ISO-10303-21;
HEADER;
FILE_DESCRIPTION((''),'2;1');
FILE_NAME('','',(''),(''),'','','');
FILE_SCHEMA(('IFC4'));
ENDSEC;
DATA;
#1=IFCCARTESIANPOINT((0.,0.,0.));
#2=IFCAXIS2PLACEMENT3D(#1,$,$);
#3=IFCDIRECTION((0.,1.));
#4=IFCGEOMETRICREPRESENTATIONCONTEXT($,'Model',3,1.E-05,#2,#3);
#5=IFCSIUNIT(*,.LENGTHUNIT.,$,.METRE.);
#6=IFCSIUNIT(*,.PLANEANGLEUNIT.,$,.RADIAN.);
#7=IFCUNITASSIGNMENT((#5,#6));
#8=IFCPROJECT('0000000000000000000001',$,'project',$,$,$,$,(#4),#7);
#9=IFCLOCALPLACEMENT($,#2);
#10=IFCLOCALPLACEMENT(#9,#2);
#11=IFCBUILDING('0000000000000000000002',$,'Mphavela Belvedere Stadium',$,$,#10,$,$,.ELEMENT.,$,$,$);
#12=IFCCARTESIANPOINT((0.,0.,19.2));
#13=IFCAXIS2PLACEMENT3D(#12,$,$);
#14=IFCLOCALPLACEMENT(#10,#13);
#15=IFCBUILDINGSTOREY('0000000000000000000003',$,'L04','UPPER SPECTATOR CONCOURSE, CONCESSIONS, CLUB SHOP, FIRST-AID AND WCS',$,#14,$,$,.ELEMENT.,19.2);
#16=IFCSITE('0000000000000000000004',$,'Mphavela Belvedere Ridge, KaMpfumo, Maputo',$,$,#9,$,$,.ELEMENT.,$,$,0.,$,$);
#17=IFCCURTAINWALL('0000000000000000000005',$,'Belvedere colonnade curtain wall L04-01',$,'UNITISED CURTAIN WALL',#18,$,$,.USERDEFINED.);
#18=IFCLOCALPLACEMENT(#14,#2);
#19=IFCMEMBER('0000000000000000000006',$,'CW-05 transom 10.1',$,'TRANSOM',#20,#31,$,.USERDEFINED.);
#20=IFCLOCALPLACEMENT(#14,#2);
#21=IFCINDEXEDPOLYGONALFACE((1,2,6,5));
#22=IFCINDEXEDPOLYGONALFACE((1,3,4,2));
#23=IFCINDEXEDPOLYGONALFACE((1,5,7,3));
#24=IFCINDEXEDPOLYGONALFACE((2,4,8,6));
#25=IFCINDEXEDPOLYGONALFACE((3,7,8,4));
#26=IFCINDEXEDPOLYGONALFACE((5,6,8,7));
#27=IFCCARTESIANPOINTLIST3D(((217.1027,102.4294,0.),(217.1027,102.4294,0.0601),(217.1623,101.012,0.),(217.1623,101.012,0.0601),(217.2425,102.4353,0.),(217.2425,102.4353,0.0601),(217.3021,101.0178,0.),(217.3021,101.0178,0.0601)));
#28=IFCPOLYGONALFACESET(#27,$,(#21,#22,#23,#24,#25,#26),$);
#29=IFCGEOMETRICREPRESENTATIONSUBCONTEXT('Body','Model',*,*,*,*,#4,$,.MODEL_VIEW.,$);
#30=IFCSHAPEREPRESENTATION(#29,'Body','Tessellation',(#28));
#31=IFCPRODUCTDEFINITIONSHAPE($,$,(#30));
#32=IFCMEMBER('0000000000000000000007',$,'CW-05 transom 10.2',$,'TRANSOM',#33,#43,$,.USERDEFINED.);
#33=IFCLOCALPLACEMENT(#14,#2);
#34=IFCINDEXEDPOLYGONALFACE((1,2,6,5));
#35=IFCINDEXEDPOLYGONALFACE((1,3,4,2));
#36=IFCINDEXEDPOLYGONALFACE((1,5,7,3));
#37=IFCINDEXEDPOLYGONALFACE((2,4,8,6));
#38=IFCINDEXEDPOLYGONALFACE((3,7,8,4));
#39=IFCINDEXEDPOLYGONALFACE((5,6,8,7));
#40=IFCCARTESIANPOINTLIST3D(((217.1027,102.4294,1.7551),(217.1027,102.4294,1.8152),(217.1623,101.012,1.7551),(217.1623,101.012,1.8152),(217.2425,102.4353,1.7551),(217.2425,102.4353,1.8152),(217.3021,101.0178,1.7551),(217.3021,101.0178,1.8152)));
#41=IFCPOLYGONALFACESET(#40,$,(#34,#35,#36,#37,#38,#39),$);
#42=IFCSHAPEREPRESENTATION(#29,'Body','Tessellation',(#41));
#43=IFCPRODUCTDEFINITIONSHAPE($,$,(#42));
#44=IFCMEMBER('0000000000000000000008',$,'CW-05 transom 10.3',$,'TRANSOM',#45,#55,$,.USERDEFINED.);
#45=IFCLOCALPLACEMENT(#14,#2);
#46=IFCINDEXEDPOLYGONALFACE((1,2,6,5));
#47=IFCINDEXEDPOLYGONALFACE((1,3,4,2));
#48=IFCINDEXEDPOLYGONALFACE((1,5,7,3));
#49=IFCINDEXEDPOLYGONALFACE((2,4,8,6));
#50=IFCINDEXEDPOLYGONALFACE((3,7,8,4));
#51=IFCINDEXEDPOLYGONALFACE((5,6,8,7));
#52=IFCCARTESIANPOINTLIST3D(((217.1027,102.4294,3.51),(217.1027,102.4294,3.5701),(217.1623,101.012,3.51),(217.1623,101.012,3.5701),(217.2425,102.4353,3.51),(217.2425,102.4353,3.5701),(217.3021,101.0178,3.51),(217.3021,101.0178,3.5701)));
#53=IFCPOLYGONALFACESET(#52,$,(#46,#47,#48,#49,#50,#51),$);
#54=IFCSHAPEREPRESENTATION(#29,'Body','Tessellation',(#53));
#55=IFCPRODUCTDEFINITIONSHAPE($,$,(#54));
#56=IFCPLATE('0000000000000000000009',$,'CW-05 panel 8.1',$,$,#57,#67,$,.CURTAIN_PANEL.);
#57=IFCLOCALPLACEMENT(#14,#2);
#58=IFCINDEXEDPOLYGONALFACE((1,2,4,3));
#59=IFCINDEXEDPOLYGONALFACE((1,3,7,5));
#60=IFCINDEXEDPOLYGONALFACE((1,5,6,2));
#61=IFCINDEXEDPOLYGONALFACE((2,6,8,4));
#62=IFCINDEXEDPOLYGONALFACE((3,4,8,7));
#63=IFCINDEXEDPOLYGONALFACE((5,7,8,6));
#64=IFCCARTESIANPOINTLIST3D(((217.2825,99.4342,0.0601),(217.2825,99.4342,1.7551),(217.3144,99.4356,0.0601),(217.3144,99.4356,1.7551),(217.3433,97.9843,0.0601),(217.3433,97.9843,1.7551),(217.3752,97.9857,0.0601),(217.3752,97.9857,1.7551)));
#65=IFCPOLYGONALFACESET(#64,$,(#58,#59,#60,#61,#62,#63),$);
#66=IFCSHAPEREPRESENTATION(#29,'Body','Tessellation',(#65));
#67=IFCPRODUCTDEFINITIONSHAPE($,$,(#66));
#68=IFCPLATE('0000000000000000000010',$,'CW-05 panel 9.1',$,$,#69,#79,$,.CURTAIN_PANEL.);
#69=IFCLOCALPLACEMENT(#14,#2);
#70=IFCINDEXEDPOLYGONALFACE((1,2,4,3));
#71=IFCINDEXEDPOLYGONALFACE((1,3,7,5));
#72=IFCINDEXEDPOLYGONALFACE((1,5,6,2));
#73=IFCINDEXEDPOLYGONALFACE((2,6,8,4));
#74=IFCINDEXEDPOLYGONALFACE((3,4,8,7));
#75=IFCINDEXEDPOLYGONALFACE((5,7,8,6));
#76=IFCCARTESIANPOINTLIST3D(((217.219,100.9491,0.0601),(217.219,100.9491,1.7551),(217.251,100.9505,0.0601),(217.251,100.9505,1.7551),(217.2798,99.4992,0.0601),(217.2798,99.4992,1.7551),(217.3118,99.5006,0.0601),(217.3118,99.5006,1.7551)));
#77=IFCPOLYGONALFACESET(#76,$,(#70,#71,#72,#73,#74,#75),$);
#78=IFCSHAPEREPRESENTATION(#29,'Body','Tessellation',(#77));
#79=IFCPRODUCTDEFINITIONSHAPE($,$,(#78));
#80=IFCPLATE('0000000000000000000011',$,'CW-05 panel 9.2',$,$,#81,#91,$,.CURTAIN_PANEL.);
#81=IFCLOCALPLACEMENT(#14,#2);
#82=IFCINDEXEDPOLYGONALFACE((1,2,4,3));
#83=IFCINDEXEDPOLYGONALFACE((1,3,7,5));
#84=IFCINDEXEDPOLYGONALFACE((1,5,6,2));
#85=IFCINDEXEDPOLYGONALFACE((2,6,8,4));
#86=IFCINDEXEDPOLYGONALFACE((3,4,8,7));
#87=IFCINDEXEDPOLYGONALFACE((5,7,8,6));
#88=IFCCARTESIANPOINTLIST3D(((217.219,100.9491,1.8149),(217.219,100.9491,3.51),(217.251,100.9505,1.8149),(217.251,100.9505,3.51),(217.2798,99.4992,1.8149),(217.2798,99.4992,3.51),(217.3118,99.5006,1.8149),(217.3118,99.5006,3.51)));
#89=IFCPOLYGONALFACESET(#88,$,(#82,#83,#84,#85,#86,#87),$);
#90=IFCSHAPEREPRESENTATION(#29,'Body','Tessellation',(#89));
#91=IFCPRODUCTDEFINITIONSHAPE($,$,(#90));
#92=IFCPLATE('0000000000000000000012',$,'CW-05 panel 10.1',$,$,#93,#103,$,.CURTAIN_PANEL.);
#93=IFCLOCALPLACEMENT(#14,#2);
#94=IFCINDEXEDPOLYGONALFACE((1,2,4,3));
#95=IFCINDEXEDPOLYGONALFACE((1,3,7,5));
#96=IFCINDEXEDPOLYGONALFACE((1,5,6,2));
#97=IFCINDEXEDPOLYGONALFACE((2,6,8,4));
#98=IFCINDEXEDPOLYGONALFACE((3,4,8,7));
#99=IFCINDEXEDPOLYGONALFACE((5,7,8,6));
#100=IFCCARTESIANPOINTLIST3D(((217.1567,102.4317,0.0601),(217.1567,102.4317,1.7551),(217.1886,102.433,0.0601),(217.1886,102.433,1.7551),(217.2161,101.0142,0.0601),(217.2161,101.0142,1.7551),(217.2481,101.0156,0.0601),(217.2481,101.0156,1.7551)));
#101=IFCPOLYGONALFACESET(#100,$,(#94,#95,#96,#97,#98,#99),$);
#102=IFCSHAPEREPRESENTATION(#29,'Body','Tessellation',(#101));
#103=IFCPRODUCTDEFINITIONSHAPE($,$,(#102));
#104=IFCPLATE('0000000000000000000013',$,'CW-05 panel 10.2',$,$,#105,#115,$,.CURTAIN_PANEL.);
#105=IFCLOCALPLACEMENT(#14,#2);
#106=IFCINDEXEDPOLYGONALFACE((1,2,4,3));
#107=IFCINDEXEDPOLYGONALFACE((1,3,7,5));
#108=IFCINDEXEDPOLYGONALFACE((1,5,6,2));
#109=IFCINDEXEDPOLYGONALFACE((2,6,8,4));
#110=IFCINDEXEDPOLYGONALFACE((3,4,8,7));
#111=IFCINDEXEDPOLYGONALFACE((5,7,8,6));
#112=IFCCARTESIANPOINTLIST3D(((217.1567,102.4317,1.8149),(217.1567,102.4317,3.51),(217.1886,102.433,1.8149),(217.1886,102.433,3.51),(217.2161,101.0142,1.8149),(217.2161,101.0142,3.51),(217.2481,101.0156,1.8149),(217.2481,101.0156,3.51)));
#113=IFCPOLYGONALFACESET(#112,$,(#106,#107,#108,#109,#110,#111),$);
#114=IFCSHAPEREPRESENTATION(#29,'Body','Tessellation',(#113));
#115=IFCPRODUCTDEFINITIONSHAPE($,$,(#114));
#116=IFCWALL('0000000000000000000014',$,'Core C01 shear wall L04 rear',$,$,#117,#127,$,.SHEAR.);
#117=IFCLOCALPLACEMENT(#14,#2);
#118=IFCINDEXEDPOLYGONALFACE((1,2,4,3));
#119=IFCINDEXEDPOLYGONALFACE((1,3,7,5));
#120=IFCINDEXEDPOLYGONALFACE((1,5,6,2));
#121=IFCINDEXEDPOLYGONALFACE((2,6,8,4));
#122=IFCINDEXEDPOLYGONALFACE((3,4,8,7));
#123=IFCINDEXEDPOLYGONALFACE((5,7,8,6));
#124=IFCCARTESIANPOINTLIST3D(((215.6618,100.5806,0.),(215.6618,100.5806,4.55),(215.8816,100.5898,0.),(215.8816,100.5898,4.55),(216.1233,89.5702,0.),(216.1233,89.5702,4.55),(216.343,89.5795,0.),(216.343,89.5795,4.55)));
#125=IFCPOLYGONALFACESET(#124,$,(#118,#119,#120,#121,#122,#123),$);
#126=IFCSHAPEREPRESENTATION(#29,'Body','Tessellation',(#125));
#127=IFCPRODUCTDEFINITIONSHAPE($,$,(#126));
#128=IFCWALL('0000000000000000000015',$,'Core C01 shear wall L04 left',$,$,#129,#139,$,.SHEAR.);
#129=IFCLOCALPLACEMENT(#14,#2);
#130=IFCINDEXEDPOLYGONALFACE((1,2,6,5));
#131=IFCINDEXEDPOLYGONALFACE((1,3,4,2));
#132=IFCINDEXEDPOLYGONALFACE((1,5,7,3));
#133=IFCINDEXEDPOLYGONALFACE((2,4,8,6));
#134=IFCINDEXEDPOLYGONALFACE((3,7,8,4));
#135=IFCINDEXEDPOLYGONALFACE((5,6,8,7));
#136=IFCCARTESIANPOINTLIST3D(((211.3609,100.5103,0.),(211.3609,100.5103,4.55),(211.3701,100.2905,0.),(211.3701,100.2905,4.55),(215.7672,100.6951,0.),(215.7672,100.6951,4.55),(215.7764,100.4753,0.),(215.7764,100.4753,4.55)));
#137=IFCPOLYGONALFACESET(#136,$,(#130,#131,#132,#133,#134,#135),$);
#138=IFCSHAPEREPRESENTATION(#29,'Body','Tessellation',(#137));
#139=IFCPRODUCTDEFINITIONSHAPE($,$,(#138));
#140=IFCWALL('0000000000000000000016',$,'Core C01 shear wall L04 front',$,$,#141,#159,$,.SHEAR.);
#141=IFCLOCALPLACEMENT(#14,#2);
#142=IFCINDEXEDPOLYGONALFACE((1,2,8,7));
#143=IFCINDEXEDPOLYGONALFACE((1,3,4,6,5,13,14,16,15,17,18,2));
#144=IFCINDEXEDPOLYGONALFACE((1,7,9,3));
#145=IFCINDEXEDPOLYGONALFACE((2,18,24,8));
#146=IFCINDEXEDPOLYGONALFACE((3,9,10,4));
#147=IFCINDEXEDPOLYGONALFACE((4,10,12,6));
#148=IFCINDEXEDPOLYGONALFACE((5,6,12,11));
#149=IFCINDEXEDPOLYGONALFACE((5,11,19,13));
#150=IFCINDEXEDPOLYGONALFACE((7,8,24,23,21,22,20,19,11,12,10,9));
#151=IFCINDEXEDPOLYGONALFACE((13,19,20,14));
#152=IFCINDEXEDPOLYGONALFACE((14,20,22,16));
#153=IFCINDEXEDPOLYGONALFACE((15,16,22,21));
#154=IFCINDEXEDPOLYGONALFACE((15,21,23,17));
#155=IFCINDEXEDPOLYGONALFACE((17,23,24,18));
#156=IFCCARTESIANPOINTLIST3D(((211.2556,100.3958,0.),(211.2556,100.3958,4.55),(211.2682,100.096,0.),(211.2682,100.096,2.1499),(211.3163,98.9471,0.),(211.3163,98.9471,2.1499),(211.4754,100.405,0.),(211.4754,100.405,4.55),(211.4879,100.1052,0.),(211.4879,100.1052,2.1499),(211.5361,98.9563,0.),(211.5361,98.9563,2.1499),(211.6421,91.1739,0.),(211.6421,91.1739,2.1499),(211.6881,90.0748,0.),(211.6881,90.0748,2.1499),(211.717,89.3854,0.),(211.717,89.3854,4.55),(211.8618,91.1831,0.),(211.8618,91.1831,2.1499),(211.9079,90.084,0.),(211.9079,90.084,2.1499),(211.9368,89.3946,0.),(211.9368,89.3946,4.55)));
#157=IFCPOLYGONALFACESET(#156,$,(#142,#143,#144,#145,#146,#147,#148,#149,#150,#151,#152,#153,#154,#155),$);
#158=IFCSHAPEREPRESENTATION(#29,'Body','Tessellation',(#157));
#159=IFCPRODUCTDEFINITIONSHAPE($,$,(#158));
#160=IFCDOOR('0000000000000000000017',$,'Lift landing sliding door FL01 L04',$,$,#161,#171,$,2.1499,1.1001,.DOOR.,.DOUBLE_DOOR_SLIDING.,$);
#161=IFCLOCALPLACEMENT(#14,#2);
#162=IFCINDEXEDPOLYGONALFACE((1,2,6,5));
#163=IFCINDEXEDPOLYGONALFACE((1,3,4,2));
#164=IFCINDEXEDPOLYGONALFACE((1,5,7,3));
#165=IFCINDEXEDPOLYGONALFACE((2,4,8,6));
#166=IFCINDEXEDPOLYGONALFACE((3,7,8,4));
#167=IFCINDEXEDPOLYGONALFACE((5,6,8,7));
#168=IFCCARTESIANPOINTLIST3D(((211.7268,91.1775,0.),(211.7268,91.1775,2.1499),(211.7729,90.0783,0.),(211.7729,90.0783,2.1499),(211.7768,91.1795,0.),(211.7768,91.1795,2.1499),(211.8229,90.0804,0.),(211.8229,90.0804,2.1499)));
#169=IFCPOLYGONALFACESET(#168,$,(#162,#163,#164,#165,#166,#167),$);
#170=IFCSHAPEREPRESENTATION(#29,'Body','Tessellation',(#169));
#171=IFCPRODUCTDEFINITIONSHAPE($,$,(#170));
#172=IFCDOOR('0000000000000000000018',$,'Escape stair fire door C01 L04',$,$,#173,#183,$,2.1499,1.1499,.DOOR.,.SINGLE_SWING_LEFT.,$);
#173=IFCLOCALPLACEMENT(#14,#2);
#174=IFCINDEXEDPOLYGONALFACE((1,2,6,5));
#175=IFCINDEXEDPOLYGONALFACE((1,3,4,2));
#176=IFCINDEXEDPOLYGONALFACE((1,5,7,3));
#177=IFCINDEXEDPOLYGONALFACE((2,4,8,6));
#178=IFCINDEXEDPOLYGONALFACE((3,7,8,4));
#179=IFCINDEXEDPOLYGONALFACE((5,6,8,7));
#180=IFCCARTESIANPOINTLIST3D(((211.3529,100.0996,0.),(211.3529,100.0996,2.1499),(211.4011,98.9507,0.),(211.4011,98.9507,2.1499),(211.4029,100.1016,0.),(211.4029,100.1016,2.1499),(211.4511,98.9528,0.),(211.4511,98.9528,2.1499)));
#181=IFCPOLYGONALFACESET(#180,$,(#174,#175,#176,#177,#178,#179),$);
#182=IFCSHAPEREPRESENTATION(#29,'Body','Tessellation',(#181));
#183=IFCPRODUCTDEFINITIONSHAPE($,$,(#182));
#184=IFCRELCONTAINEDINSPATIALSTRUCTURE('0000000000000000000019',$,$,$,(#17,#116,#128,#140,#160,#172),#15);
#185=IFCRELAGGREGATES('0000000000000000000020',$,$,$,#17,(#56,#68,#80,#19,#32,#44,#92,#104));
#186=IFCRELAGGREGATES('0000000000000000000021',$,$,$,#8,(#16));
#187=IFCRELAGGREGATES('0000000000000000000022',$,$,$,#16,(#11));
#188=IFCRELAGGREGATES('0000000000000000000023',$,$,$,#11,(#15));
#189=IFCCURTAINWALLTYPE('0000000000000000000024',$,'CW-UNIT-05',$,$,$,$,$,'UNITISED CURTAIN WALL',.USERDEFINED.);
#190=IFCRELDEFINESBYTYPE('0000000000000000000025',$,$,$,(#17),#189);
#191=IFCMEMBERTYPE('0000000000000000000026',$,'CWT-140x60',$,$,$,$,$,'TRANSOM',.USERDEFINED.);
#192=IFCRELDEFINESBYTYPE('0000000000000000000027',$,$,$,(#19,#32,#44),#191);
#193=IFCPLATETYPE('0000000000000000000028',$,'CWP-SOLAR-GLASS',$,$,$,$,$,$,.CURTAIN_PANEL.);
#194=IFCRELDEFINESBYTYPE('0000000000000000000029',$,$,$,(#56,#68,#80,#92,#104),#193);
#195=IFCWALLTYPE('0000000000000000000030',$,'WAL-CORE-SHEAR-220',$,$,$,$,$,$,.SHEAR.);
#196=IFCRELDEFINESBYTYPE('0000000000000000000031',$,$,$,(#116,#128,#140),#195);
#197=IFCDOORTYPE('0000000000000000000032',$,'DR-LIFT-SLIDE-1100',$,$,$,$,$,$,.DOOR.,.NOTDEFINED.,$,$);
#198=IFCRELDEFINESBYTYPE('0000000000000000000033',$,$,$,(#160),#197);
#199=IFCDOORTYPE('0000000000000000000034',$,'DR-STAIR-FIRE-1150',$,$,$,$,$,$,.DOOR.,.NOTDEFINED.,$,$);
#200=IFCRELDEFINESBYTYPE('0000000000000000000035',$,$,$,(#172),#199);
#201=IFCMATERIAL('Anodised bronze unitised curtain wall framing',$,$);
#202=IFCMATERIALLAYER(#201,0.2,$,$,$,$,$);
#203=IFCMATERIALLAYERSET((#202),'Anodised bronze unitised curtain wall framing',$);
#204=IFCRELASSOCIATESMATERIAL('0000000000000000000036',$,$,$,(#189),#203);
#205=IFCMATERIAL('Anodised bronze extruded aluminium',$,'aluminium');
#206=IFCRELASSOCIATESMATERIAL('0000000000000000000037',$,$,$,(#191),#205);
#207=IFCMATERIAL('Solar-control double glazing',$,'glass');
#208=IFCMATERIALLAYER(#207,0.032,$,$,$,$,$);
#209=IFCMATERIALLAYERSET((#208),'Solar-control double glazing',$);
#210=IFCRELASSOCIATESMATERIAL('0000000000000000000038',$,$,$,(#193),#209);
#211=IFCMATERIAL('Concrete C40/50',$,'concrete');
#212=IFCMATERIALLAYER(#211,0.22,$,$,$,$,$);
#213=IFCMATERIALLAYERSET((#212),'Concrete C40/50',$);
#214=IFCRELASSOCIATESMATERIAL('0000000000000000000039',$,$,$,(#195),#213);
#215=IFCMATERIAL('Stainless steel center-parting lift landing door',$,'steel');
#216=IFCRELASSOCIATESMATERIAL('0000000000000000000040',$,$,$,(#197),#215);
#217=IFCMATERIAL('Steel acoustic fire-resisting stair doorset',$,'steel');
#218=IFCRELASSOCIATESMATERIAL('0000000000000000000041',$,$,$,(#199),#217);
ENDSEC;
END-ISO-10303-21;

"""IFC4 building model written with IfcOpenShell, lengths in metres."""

from ifc_helpers import new_model, si_unit, direction, frame, frame_2d, origin, origin_2d, place, context, subcontext, project, spatial, rectangle, extrude, material, layer, layer_set, material_profile, profile_set, type_object, element, fill, aggregate, save


model = new_model("IFC4")

# Units and contexts
model_context = context("Model", 3, precision=1e-05, world=origin(), true_north=direction((0.0, 1.0)))
body_context = subcontext(model_context, "Body", "Model", "MODEL_VIEW")
ifc_project = project(units=[si_unit("LENGTHUNIT", "METRE"), si_unit("PLANEANGLEUNIT", "RADIAN")], contexts=[model_context])

# Site, building, storey
site_placement = place(None, origin())
site = spatial("IfcSite", under=ifc_project, at=site_placement, Name="Mphavela Belvedere Ridge, KaMpfumo, Maputo", CompositionType="ELEMENT", RefElevation=0.0)
building_placement = place(site_placement, origin())
building = spatial("IfcBuilding", under=site, at=building_placement, Name="Mphavela Belvedere Stadium", CompositionType="ELEMENT")
storey_placement = place(building_placement, frame((0.0, 0.0, 19.2)))
storey = spatial("IfcBuildingStorey", under=building, at=storey_placement, Name="L04", Description="UPPER SPECTATOR CONCOURSE, CONCESSIONS, CLUB SHOP, FIRST-AID AND WCS", CompositionType="ELEMENT", Elevation=19.2)

# Curtain wall, members, plates
ifc_material_1 = material(Name="Anodised bronze unitised curtain wall framing")
ifc_layer_1 = layer(ifc_material_1, 0.2)
ifc_layer_set_1 = layer_set([ifc_layer_1], Name="Anodised bronze unitised curtain wall framing")
curtain_wall_type = type_object("IfcCurtainWallType", Name="CW-UNIT-05", ElementType="UNITISED CURTAIN WALL", PredefinedType="USERDEFINED", material=ifc_layer_set_1)
curtain_wall_placement = place(storey_placement, origin())
curtain_wall = element("IfcCurtainWall", 1, at=curtain_wall_placement, inside=storey, type_object=curtain_wall_type, Name="Belvedere colonnade curtain wall L04-01", ObjectType="UNITISED CURTAIN WALL", PredefinedType="USERDEFINED")
ifc_material_2 = material(Name="Anodised bronze extruded aluminium", Category="aluminium")
ifc_material_profile_1 = material_profile(ifc_material_2, rectangle(XDim=0.1399, YDim=0.0601, at=origin_2d()), Name="CW-TRN 140x60")
ifc_profile_set_1 = profile_set([ifc_material_profile_1], Name="Anodised bronze extruded aluminium")
member_type_1 = type_object("IfcMemberType", Name="CWT-140x60", ElementType="TRANSOM", PredefinedType="USERDEFINED", material=ifc_profile_set_1)
member_1_placement = place(storey_placement, frame((217.2322, 101.0149, 0.03), z_axis=(-0.041988, 0.999118, 0.0), x_axis=(-0.999118, -0.041988, 0.0)))
member_1 = element("IfcMember", 2, at=member_1_placement, type_object=member_type_1, Name="CW-05 transom 10.1", ObjectType="TRANSOM", PredefinedType="USERDEFINED", context=body_context, shape_type="SweptSolid", body=[
    extrude(rectangle(XDim=0.1399, YDim=0.0601, at=origin_2d()), origin(), (0.0, 0.0, 1.0), 1.4187),
])
member_2_placement = place(storey_placement, frame((217.2322, 101.0149, 1.7852), z_axis=(-0.041988, 0.999118, 0.0), x_axis=(-0.999118, -0.041988, 0.0)))
member_2 = element("IfcMember", 3, at=member_2_placement, type_object=member_type_1, Name="CW-05 transom 10.2", ObjectType="TRANSOM", PredefinedType="USERDEFINED", context=body_context, shape_type="SweptSolid", body=[
    extrude(rectangle(XDim=0.1399, YDim=0.0601, at=origin_2d()), origin(), (0.0, 0.0, 1.0), 1.4187),
])
member_3_placement = place(storey_placement, frame((217.2322, 101.0149, 3.54), z_axis=(-0.041988, 0.999118, 0.0), x_axis=(-0.999118, -0.041988, 0.0)))
member_3 = element("IfcMember", 4, at=member_3_placement, type_object=member_type_1, Name="CW-05 transom 10.3", ObjectType="TRANSOM", PredefinedType="USERDEFINED", context=body_context, shape_type="SweptSolid", body=[
    extrude(rectangle(XDim=0.1399, YDim=0.0601, at=origin_2d()), origin(), (0.0, 0.0, 1.0), 1.4187),
])
ifc_material_3 = material(Name="Solar-control double glazing", Category="glass")
ifc_layer_2 = layer(ifc_material_3, 0.032)
ifc_layer_set_2 = layer_set([ifc_layer_2], Name="Solar-control double glazing")
plate_type = type_object("IfcPlateType", Name="CWP-SOLAR-GLASS", PredefinedType="CURTAIN_PANEL", material=ifc_layer_set_2)
plate_1_placement = place(storey_placement, frame((217.3289, 98.71, 0.0601), z_axis=(0.0, 0.0, 1.0), x_axis=(-0.041905, 0.999122, 0.0)))
plate_1 = element("IfcPlate", 5, at=plate_1_placement, type_object=plate_type, Name="CW-05 panel 8.1", PredefinedType="CURTAIN_PANEL", context=body_context, shape_type="SweptSolid", body=[
    extrude(rectangle(XDim=1.4512, YDim=0.032, at=origin_2d()), origin(), (0.0, 0.0, 1.0), 1.6951),
])
plate_2_placement = place(storey_placement, frame((217.2654, 100.2249, 0.0601), z_axis=(0.0, 0.0, 1.0), x_axis=(-0.041905, 0.999122, 0.0)))
plate_2 = element("IfcPlate", 6, at=plate_2_placement, type_object=plate_type, Name="CW-05 panel 9.1", PredefinedType="CURTAIN_PANEL", context=body_context, shape_type="SweptSolid", body=[
    extrude(rectangle(XDim=1.4512, YDim=0.032, at=origin_2d()), origin(), (0.0, 0.0, 1.0), 1.6951),
])
plate_3_placement = place(storey_placement, frame((217.2654, 100.2249, 1.8149), z_axis=(0.0, 0.0, 1.0), x_axis=(-0.041905, 0.999122, 0.0)))
plate_3 = element("IfcPlate", 7, at=plate_3_placement, type_object=plate_type, Name="CW-05 panel 9.2", PredefinedType="CURTAIN_PANEL", context=body_context, shape_type="SweptSolid", body=[
    extrude(rectangle(XDim=1.4512, YDim=0.032, at=origin_2d()), origin(), (0.0, 0.0, 1.0), 1.6951),
])
plate_4_placement = place(storey_placement, frame((217.2024, 101.7236, 0.0601), z_axis=(0.0, 0.0, 1.0), x_axis=(-0.041905, 0.999122, 0.0)))
plate_4 = element("IfcPlate", 8, at=plate_4_placement, type_object=plate_type, Name="CW-05 panel 10.1", PredefinedType="CURTAIN_PANEL", context=body_context, shape_type="SweptSolid", body=[
    extrude(rectangle(XDim=1.4187, YDim=0.032, at=origin_2d()), origin(), (0.0, 0.0, 1.0), 1.6951),
])
plate_5_placement = place(storey_placement, frame((217.2024, 101.7236, 1.8149), z_axis=(0.0, 0.0, 1.0), x_axis=(-0.041905, 0.999122, 0.0)))
plate_5 = element("IfcPlate", 9, at=plate_5_placement, type_object=plate_type, Name="CW-05 panel 10.2", PredefinedType="CURTAIN_PANEL", context=body_context, shape_type="SweptSolid", body=[
    extrude(rectangle(XDim=1.4187, YDim=0.032, at=origin_2d()), origin(), (0.0, 0.0, 1.0), 1.6951),
])
aggregate(curtain_wall, [plate_1, plate_2, plate_3, member_1, member_2, member_3, plate_4, plate_5])

# Walls
ifc_material_4 = material(Name="Concrete C40/50", Category="concrete")
ifc_layer_3 = layer(ifc_material_4, 0.22)
ifc_layer_set_3 = layer_set([ifc_layer_3], Name="Concrete C40/50")
wall_type_1 = type_object("IfcWallType", Name="WAL-CORE-SHEAR-220", PredefinedType="SHEAR", material=ifc_layer_set_3)
wall_1_placement = place(storey_placement, frame((215.7717, 100.5852, 0.0), z_axis=(0.0, 0.0, 1.0), x_axis=(0.041872, -0.999123, 0.0)))
element("IfcWall", 10, at=wall_1_placement, inside=storey, type_object=wall_type_1, Name="Core C01 shear wall L04 rear", PredefinedType="SHEAR", context=body_context, shape_type="SweptSolid", body=[
    extrude(rectangle(XDim=11.02, YDim=0.22, at=frame_2d((5.51, 0.0))), origin(), (0.0, 0.0, 1.0), 4.55),
])
wall_2_placement = place(storey_placement, frame((211.3655, 100.4004, 0.0), z_axis=(0.0, 0.0, 1.0), x_axis=(0.999122, 0.041907, 0.0)))
element("IfcWall", 11, at=wall_2_placement, inside=storey, type_object=wall_type_1, Name="Core C01 shear wall L04 left", PredefinedType="SHEAR", context=body_context, shape_type="SweptSolid", body=[
    extrude(rectangle(XDim=4.4102, YDim=0.22, at=frame_2d((2.2051, 0.0))), origin(), (0.0, 0.0, 1.0), 4.55),
])

# Wall, openings, doors
wall_3_placement = place(storey_placement, frame((211.3655, 100.4004, 0.0), z_axis=(0.0, 0.0, 1.0), x_axis=(0.041872, -0.999123, 0.0)))
wall_3 = element("IfcWall", 12, at=wall_3_placement, inside=storey, type_object=wall_type_1, Name="Core C01 shear wall L04 front", PredefinedType="SHEAR", context=body_context, shape_type="SweptSolid", body=[
    extrude(rectangle(XDim=11.02, YDim=0.22, at=frame_2d((5.51, 0.0))), origin(), (0.0, 0.0, 1.0), 4.55),
])
opening_1_placement = place(wall_3_placement, frame((0.3, 0.0, 0.0)))
opening_1 = element("IfcOpeningElement", 13, at=opening_1_placement, cuts=wall_3, PredefinedType="OPENING", context=body_context, shape_type="SweptSolid", body=[
    extrude(rectangle(XDim=1.1499, YDim=2.1499, at=frame_2d((0.575, 1.075))), frame((0.0, 0.1201, 0.0), z_axis=(0.0, -1.0, 0.0), x_axis=(1.0, 0.0, 0.0)), (0.0, 0.0, 1.0), 0.24),
])
opening_2_placement = place(wall_3_placement, frame((9.23, 0.0, 0.0)))
opening_2 = element("IfcOpeningElement", 14, at=opening_2_placement, cuts=wall_3, PredefinedType="OPENING", context=body_context, shape_type="SweptSolid", body=[
    extrude(rectangle(XDim=1.1001, YDim=2.1499, at=frame_2d((0.55, 1.075))), frame((0.0, 0.1201, 0.0), z_axis=(0.0, -1.0, 0.0), x_axis=(1.0, 0.0, 0.0)), (0.0, 0.0, 1.0), 0.24),
])
ifc_material_5 = material(Name="Stainless steel center-parting lift landing door", Category="steel")
door_type_1 = type_object("IfcDoorType", Name="DR-LIFT-SLIDE-1100", OperationType="NOTDEFINED", PredefinedType="DOOR", material=ifc_material_5)
door_1_placement = place(opening_2_placement, origin())
door_1 = element("IfcDoor", 15, at=door_1_placement, inside=storey, type_object=door_type_1, Name="Lift landing sliding door FL01 L04", OperationType="DOUBLE_DOOR_SLIDING", OverallHeight=2.1499, OverallWidth=1.1001, PredefinedType="DOOR", context=body_context, shape_type="SweptSolid", body=[
    extrude(rectangle(XDim=1.1001, YDim=2.1499, at=frame_2d((0.55, 1.075))), frame((0.0, 0.0249, 0.0), z_axis=(0.0, -1.0, 0.0), x_axis=(1.0, 0.0, 0.0)), (0.0, 0.0, 1.0), 0.05),
])
fill(opening_2, door_1)
ifc_material_6 = material(Name="Steel acoustic fire-resisting stair doorset", Category="steel")
door_type_2 = type_object("IfcDoorType", Name="DR-STAIR-FIRE-1150", OperationType="NOTDEFINED", PredefinedType="DOOR", material=ifc_material_6)
door_2_placement = place(opening_1_placement, origin())
door_2 = element("IfcDoor", 16, at=door_2_placement, inside=storey, type_object=door_type_2, Name="Escape stair fire door C01 L04", OperationType="SINGLE_SWING_LEFT", OverallHeight=2.1499, OverallWidth=1.1499, PredefinedType="DOOR", context=body_context, shape_type="SweptSolid", body=[
    extrude(rectangle(XDim=1.1499, YDim=2.1499, at=frame_2d((0.575, 1.075))), frame((0.0, 0.0249, 0.0), z_axis=(0.0, -1.0, 0.0), x_axis=(1.0, 0.0, 0.0)), (0.0, 0.0, 1.0), 0.05),
])
fill(opening_1, door_2)

save(model, "model.ifc")
